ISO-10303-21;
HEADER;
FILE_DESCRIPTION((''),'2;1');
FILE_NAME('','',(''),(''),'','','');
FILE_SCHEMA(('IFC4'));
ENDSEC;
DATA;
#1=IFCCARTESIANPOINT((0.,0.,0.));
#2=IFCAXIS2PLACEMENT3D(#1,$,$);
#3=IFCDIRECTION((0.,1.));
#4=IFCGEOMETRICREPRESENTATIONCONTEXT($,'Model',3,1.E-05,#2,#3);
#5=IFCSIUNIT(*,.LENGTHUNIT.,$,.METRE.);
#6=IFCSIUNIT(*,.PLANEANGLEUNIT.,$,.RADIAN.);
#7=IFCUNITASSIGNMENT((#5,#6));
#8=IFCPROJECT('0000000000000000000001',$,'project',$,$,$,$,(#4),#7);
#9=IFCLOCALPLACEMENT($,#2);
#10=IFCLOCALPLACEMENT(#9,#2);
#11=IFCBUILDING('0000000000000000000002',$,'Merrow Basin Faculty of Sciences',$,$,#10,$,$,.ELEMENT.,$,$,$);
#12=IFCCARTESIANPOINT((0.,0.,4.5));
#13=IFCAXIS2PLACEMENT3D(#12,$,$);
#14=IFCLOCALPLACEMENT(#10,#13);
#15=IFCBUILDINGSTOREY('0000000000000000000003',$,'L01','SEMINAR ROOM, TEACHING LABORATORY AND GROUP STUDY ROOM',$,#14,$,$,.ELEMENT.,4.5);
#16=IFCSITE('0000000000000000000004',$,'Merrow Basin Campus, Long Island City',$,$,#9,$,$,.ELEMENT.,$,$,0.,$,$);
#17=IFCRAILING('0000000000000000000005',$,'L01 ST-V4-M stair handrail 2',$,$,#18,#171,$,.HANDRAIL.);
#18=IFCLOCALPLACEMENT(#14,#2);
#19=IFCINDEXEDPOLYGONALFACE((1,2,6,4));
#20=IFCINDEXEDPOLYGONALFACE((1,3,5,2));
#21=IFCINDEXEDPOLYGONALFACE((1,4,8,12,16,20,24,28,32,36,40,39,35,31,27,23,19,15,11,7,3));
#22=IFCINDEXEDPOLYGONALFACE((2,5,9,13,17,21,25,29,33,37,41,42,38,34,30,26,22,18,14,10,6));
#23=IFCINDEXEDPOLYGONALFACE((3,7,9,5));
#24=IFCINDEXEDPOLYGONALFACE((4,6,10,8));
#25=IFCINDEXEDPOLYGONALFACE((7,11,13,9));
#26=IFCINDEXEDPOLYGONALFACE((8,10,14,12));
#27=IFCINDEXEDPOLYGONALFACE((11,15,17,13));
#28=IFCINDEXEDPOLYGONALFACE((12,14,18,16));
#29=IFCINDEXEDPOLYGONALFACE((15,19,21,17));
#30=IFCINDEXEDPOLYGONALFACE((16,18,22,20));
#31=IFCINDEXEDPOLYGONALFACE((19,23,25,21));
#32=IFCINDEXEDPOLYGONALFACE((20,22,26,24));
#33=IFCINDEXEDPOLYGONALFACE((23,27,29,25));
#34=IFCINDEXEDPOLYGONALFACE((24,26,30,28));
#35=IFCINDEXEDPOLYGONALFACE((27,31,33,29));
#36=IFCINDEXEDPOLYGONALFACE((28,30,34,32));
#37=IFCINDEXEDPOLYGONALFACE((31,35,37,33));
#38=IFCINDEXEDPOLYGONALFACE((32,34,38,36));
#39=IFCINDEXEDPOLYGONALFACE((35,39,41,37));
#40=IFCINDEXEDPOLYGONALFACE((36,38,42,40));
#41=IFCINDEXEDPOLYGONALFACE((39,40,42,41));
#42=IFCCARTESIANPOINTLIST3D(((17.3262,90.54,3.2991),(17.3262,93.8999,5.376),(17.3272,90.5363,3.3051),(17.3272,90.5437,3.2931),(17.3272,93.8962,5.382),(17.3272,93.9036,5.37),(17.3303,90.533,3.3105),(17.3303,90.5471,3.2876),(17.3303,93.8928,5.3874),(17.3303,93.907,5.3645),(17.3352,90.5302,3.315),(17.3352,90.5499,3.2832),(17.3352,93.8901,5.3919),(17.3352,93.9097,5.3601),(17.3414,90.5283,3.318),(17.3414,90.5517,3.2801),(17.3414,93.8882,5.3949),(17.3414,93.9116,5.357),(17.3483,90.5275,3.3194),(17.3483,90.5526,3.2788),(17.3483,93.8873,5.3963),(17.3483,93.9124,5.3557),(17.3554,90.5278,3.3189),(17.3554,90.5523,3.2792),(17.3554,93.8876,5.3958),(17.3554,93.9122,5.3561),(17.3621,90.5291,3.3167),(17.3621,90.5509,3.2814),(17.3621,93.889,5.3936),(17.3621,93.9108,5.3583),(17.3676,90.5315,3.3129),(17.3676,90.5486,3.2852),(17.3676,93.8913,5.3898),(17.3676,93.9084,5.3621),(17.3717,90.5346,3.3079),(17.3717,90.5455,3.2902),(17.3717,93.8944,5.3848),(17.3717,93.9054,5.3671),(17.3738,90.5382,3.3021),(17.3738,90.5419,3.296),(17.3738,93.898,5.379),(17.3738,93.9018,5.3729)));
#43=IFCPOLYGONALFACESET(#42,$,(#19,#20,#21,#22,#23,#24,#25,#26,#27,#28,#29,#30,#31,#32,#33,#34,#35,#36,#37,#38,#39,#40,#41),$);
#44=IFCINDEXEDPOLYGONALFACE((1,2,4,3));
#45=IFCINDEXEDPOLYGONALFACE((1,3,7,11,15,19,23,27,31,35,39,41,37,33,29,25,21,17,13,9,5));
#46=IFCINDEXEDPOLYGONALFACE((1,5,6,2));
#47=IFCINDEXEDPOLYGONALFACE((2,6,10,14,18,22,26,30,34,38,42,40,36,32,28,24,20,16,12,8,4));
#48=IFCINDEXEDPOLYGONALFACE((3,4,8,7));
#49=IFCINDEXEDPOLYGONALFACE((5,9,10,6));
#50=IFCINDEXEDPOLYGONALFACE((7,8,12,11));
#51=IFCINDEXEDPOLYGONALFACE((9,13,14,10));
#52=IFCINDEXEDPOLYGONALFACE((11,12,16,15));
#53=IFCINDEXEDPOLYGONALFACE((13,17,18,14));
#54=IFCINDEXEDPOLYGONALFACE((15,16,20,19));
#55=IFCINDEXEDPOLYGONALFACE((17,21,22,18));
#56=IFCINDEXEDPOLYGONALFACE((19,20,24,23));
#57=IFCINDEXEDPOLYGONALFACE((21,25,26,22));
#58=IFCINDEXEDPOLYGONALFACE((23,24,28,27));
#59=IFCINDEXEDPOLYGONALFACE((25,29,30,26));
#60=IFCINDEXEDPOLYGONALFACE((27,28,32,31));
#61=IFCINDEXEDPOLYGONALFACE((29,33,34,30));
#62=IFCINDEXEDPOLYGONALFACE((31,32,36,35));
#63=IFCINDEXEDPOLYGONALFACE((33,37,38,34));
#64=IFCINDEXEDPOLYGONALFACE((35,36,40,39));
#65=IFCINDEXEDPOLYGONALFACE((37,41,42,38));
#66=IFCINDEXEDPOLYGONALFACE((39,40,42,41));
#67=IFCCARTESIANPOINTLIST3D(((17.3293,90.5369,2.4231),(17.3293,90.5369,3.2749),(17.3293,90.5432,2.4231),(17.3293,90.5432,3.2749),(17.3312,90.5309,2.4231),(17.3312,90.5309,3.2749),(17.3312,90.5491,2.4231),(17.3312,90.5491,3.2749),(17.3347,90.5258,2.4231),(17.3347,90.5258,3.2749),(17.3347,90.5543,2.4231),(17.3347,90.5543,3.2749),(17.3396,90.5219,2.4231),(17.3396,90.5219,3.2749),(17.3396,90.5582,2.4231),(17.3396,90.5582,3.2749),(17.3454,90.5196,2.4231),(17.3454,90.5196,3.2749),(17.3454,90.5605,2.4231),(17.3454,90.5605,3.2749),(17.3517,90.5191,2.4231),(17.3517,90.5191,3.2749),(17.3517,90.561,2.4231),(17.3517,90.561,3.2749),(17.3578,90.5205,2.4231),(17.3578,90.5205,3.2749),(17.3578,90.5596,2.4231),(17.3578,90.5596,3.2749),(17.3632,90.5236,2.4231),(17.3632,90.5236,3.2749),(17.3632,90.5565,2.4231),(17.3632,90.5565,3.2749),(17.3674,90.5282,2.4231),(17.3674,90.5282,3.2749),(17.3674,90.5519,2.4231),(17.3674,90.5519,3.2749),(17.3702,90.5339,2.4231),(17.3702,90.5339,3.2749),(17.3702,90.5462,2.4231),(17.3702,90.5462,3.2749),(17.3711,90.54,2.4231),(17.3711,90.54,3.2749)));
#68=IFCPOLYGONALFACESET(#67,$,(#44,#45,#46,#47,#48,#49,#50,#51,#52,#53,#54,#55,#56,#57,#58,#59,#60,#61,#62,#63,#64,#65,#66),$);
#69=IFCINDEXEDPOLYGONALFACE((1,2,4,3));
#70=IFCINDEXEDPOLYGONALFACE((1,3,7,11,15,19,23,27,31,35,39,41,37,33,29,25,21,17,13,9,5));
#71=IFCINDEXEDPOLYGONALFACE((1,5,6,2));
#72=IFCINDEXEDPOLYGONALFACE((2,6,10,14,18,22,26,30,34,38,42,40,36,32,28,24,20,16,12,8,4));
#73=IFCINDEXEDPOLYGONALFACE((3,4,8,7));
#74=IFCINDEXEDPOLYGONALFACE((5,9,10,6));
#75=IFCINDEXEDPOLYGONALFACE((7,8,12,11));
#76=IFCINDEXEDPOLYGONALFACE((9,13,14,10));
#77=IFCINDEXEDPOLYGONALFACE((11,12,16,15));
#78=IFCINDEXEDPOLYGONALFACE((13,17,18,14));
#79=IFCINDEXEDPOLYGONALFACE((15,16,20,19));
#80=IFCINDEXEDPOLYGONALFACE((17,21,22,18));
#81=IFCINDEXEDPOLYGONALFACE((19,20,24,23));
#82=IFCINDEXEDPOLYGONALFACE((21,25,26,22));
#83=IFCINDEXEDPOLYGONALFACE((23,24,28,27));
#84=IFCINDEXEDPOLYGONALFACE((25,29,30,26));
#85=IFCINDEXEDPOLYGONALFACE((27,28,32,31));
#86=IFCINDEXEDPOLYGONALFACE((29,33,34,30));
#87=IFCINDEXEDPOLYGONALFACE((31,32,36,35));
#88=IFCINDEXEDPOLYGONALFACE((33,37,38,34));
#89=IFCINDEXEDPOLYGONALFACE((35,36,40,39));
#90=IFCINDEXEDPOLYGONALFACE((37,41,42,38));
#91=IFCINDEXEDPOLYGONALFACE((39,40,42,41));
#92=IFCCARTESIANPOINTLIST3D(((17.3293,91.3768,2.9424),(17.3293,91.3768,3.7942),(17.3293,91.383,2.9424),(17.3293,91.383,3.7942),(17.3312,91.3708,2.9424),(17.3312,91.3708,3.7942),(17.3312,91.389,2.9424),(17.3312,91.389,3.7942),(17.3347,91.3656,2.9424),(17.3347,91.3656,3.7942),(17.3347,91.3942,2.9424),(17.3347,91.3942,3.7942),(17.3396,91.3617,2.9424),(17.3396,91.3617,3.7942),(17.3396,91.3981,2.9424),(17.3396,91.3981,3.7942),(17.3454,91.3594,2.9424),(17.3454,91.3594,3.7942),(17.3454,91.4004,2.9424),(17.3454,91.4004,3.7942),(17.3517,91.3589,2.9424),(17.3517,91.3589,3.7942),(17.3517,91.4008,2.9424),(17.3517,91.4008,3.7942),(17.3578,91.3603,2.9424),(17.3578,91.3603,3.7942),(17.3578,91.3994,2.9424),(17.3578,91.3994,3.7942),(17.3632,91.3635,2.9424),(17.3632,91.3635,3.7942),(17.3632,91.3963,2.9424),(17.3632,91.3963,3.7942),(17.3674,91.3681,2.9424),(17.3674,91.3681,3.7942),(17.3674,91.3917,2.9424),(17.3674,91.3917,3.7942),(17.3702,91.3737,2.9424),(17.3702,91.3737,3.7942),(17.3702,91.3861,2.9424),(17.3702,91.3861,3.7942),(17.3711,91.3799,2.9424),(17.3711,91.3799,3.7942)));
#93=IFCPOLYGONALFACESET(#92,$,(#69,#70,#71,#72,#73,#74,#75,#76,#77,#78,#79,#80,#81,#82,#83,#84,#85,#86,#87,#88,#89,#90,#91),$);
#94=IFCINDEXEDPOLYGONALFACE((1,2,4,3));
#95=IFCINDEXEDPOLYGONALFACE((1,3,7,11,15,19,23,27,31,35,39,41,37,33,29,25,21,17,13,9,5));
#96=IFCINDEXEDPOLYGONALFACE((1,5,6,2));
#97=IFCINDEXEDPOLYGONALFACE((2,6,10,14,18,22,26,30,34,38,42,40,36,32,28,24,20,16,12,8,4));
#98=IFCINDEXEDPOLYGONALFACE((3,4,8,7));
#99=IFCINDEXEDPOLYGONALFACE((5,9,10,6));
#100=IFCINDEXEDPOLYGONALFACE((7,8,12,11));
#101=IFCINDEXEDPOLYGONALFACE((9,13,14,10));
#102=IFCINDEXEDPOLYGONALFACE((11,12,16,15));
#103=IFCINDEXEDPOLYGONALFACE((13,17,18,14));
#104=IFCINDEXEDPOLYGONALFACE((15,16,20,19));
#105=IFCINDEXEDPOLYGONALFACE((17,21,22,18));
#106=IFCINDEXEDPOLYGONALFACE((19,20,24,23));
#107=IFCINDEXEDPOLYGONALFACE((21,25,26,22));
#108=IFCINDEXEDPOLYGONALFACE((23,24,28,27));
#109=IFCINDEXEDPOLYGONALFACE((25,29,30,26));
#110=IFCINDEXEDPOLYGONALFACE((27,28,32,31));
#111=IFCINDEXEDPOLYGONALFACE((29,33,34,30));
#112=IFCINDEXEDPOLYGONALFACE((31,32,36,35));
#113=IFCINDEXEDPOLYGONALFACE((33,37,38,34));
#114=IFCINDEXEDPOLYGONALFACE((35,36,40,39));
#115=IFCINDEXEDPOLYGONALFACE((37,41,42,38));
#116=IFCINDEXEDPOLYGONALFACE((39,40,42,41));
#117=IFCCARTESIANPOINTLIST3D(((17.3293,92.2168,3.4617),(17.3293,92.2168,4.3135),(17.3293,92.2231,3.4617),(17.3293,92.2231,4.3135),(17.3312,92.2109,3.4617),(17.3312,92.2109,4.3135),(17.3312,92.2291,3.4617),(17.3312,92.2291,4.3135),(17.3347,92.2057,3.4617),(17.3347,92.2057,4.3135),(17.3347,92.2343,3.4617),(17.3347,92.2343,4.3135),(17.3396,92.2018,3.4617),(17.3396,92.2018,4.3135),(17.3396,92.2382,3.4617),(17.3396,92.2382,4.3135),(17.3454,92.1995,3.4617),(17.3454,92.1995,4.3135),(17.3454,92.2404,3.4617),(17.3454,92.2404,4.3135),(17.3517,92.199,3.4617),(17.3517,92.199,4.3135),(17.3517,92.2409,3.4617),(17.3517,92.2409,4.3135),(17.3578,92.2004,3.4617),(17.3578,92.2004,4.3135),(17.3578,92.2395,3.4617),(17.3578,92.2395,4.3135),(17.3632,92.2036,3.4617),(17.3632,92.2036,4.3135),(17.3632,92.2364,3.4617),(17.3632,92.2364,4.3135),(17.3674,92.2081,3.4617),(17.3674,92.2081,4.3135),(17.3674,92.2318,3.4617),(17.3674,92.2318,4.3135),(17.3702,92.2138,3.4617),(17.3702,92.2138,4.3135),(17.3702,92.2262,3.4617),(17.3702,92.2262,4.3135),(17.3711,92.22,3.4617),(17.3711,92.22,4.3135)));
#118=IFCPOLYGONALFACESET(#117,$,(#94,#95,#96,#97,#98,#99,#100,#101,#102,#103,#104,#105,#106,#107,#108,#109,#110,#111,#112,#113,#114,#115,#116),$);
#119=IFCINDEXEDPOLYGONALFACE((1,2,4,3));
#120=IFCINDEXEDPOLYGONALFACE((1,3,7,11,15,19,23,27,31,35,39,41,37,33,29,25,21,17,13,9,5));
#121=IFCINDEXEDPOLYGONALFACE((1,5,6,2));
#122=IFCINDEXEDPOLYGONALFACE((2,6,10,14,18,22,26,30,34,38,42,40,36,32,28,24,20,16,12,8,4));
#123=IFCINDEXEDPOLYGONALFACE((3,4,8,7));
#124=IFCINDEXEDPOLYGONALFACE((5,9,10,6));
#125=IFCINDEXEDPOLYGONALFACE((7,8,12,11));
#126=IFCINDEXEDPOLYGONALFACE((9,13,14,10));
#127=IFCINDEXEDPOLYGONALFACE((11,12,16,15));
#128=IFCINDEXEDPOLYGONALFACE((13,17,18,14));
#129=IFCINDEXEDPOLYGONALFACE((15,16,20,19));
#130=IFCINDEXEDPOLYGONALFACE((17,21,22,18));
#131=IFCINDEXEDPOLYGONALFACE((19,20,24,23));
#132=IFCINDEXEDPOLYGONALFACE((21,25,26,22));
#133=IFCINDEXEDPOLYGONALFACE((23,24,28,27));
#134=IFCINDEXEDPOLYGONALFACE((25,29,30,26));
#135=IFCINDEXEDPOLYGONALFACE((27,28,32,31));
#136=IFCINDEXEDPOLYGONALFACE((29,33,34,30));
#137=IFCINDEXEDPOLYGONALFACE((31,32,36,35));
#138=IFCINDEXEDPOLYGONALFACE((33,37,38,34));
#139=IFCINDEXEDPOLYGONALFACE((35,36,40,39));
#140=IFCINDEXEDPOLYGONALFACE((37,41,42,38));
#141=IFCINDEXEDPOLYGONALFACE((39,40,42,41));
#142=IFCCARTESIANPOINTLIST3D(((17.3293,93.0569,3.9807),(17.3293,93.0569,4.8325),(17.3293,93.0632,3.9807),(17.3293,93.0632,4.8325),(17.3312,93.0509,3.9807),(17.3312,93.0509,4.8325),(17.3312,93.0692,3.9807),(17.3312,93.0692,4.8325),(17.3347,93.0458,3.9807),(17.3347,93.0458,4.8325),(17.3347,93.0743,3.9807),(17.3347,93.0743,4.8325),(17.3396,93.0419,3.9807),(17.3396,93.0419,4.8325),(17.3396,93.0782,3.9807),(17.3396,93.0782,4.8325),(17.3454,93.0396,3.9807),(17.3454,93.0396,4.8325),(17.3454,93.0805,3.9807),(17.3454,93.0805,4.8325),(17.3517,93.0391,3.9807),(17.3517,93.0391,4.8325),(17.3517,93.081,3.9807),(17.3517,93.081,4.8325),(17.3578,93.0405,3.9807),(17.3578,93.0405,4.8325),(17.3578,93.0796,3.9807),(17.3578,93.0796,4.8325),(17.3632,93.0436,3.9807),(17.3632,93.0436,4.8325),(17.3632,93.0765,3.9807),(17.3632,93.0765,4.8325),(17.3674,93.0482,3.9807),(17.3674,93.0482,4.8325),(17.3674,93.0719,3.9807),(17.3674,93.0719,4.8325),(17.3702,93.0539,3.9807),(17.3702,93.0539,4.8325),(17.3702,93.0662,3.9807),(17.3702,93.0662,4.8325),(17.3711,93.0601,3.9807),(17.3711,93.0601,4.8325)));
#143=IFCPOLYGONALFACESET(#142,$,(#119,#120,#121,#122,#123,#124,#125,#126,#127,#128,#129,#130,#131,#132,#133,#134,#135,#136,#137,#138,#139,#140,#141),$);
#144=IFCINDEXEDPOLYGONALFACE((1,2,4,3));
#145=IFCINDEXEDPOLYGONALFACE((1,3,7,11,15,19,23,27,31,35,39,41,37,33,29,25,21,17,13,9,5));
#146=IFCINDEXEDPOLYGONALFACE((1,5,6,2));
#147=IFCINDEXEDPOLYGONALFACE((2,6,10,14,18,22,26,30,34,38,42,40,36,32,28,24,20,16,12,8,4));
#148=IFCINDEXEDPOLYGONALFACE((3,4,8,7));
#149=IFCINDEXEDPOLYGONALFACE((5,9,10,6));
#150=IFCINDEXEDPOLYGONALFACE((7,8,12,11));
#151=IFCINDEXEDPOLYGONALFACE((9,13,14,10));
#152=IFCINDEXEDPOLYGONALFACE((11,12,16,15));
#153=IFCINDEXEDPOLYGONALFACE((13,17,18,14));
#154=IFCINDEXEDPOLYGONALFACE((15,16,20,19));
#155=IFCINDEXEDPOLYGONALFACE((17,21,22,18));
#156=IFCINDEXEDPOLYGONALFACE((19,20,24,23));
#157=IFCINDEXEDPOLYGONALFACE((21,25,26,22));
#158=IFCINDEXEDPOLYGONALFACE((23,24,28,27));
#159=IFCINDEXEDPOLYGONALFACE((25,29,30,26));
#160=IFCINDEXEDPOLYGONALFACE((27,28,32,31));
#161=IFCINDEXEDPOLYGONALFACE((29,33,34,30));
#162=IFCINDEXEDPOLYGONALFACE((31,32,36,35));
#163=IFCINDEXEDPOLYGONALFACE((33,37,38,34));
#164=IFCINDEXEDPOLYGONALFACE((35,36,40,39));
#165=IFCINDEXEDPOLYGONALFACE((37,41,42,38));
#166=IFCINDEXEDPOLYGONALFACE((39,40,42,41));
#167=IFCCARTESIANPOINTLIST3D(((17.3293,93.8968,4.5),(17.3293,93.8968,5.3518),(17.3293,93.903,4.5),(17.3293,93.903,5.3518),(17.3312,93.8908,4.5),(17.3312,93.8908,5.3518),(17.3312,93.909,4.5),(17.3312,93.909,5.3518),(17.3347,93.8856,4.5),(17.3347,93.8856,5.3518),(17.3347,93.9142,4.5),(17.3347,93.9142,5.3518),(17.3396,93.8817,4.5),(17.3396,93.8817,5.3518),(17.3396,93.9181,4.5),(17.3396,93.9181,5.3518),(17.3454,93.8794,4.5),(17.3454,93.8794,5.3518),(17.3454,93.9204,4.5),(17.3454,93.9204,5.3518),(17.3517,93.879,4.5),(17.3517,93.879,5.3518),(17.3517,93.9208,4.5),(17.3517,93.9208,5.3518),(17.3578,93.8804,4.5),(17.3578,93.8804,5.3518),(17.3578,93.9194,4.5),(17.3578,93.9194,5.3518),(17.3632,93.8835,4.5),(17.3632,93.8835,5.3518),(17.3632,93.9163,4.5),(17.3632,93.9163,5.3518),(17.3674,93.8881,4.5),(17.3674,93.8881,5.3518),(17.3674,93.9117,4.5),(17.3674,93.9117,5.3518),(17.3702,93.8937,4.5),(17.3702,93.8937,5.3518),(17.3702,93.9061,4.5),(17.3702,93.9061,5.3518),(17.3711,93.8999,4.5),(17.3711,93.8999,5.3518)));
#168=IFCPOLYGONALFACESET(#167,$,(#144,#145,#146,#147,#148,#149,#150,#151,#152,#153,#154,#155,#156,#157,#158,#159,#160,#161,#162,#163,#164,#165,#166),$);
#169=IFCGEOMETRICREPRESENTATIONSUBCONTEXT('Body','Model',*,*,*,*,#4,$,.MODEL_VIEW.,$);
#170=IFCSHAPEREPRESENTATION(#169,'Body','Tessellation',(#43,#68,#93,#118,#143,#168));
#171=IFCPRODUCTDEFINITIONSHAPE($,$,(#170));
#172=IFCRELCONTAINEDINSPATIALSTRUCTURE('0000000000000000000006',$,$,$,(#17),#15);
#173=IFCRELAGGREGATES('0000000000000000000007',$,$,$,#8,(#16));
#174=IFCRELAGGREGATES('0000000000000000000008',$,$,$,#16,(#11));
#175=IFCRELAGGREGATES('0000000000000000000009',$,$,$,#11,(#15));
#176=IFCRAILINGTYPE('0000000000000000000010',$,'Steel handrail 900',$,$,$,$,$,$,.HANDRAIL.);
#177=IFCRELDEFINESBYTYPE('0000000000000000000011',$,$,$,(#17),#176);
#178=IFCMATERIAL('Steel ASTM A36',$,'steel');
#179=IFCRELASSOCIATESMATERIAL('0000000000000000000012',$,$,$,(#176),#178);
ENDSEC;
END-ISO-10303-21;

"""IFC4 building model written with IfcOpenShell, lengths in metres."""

from ifc_helpers import new_model, si_unit, direction, frame, origin, origin_2d, place, context, subcontext, project, spatial, circle, extrude, material, type_object, element, save


model = new_model("IFC4")

# Units and contexts
model_context = context("Model", 3, precision=1e-05, world=origin(), true_north=direction((0.0, 1.0)))
body_context = subcontext(model_context, "Body", "Model", "MODEL_VIEW")
ifc_project = project(units=[si_unit("LENGTHUNIT", "METRE"), si_unit("PLANEANGLEUNIT", "RADIAN")], contexts=[model_context])

# Site, building, storey
site_placement = place(None, origin())
site = spatial("IfcSite", under=ifc_project, at=site_placement, Name="Merrow Basin Campus, Long Island City", CompositionType="ELEMENT", RefElevation=0.0)
building_placement = place(site_placement, origin())
building = spatial("IfcBuilding", under=site, at=building_placement, Name="Merrow Basin Faculty of Sciences", CompositionType="ELEMENT")
storey_placement = place(building_placement, frame((0.0, 0.0, 4.5)))
storey = spatial("IfcBuildingStorey", under=building, at=storey_placement, Name="L01", Description="SEMINAR ROOM, TEACHING LABORATORY AND GROUP STUDY ROOM", CompositionType="ELEMENT", Elevation=4.5)

# Railing
ifc_material_1 = material(Name="Steel ASTM A36", Category="steel")
railing_type_1 = type_object("IfcRailingType", Name="Steel handrail 900", PredefinedType="HANDRAIL", material=ifc_material_1)
railing_1_placement = place(storey_placement, frame((17.3501, 90.54, 2.4231)))
element("IfcRailing", 1, at=railing_1_placement, inside=storey, type_object=railing_type_1, Name="L01 ST-V4-M stair handrail 2", PredefinedType="HANDRAIL", context=body_context, shape_type="SweptSolid", body=[
    extrude(circle(Radius=0.0239, at=origin_2d()), frame((0.0, 0.0, 0.876), z_axis=(0.0, 0.850606, 0.525803), x_axis=(-1.0, 0.0, 0.0)), (0.0, 0.0, 1.0), 3.95),
    extrude(circle(Radius=0.021, at=origin_2d()), origin(), (0.0, 0.0, 1.0), 0.8518),
    extrude(circle(Radius=0.021, at=origin_2d()), frame((0.0, 0.8398, 0.5193)), (0.0, 0.0, 1.0), 0.8518),
    extrude(circle(Radius=0.021, at=origin_2d()), frame((0.0, 1.6799, 1.0386)), (0.0, 0.0, 1.0), 0.8518),
    extrude(circle(Radius=0.021, at=origin_2d()), frame((0.0, 2.52, 1.5576)), (0.0, 0.0, 1.0), 0.8518),
    extrude(circle(Radius=0.021, at=origin_2d()), frame((0.0, 3.3599, 2.0769)), (0.0, 0.0, 1.0), 0.8518),
])

save(model, "model.ifc")
